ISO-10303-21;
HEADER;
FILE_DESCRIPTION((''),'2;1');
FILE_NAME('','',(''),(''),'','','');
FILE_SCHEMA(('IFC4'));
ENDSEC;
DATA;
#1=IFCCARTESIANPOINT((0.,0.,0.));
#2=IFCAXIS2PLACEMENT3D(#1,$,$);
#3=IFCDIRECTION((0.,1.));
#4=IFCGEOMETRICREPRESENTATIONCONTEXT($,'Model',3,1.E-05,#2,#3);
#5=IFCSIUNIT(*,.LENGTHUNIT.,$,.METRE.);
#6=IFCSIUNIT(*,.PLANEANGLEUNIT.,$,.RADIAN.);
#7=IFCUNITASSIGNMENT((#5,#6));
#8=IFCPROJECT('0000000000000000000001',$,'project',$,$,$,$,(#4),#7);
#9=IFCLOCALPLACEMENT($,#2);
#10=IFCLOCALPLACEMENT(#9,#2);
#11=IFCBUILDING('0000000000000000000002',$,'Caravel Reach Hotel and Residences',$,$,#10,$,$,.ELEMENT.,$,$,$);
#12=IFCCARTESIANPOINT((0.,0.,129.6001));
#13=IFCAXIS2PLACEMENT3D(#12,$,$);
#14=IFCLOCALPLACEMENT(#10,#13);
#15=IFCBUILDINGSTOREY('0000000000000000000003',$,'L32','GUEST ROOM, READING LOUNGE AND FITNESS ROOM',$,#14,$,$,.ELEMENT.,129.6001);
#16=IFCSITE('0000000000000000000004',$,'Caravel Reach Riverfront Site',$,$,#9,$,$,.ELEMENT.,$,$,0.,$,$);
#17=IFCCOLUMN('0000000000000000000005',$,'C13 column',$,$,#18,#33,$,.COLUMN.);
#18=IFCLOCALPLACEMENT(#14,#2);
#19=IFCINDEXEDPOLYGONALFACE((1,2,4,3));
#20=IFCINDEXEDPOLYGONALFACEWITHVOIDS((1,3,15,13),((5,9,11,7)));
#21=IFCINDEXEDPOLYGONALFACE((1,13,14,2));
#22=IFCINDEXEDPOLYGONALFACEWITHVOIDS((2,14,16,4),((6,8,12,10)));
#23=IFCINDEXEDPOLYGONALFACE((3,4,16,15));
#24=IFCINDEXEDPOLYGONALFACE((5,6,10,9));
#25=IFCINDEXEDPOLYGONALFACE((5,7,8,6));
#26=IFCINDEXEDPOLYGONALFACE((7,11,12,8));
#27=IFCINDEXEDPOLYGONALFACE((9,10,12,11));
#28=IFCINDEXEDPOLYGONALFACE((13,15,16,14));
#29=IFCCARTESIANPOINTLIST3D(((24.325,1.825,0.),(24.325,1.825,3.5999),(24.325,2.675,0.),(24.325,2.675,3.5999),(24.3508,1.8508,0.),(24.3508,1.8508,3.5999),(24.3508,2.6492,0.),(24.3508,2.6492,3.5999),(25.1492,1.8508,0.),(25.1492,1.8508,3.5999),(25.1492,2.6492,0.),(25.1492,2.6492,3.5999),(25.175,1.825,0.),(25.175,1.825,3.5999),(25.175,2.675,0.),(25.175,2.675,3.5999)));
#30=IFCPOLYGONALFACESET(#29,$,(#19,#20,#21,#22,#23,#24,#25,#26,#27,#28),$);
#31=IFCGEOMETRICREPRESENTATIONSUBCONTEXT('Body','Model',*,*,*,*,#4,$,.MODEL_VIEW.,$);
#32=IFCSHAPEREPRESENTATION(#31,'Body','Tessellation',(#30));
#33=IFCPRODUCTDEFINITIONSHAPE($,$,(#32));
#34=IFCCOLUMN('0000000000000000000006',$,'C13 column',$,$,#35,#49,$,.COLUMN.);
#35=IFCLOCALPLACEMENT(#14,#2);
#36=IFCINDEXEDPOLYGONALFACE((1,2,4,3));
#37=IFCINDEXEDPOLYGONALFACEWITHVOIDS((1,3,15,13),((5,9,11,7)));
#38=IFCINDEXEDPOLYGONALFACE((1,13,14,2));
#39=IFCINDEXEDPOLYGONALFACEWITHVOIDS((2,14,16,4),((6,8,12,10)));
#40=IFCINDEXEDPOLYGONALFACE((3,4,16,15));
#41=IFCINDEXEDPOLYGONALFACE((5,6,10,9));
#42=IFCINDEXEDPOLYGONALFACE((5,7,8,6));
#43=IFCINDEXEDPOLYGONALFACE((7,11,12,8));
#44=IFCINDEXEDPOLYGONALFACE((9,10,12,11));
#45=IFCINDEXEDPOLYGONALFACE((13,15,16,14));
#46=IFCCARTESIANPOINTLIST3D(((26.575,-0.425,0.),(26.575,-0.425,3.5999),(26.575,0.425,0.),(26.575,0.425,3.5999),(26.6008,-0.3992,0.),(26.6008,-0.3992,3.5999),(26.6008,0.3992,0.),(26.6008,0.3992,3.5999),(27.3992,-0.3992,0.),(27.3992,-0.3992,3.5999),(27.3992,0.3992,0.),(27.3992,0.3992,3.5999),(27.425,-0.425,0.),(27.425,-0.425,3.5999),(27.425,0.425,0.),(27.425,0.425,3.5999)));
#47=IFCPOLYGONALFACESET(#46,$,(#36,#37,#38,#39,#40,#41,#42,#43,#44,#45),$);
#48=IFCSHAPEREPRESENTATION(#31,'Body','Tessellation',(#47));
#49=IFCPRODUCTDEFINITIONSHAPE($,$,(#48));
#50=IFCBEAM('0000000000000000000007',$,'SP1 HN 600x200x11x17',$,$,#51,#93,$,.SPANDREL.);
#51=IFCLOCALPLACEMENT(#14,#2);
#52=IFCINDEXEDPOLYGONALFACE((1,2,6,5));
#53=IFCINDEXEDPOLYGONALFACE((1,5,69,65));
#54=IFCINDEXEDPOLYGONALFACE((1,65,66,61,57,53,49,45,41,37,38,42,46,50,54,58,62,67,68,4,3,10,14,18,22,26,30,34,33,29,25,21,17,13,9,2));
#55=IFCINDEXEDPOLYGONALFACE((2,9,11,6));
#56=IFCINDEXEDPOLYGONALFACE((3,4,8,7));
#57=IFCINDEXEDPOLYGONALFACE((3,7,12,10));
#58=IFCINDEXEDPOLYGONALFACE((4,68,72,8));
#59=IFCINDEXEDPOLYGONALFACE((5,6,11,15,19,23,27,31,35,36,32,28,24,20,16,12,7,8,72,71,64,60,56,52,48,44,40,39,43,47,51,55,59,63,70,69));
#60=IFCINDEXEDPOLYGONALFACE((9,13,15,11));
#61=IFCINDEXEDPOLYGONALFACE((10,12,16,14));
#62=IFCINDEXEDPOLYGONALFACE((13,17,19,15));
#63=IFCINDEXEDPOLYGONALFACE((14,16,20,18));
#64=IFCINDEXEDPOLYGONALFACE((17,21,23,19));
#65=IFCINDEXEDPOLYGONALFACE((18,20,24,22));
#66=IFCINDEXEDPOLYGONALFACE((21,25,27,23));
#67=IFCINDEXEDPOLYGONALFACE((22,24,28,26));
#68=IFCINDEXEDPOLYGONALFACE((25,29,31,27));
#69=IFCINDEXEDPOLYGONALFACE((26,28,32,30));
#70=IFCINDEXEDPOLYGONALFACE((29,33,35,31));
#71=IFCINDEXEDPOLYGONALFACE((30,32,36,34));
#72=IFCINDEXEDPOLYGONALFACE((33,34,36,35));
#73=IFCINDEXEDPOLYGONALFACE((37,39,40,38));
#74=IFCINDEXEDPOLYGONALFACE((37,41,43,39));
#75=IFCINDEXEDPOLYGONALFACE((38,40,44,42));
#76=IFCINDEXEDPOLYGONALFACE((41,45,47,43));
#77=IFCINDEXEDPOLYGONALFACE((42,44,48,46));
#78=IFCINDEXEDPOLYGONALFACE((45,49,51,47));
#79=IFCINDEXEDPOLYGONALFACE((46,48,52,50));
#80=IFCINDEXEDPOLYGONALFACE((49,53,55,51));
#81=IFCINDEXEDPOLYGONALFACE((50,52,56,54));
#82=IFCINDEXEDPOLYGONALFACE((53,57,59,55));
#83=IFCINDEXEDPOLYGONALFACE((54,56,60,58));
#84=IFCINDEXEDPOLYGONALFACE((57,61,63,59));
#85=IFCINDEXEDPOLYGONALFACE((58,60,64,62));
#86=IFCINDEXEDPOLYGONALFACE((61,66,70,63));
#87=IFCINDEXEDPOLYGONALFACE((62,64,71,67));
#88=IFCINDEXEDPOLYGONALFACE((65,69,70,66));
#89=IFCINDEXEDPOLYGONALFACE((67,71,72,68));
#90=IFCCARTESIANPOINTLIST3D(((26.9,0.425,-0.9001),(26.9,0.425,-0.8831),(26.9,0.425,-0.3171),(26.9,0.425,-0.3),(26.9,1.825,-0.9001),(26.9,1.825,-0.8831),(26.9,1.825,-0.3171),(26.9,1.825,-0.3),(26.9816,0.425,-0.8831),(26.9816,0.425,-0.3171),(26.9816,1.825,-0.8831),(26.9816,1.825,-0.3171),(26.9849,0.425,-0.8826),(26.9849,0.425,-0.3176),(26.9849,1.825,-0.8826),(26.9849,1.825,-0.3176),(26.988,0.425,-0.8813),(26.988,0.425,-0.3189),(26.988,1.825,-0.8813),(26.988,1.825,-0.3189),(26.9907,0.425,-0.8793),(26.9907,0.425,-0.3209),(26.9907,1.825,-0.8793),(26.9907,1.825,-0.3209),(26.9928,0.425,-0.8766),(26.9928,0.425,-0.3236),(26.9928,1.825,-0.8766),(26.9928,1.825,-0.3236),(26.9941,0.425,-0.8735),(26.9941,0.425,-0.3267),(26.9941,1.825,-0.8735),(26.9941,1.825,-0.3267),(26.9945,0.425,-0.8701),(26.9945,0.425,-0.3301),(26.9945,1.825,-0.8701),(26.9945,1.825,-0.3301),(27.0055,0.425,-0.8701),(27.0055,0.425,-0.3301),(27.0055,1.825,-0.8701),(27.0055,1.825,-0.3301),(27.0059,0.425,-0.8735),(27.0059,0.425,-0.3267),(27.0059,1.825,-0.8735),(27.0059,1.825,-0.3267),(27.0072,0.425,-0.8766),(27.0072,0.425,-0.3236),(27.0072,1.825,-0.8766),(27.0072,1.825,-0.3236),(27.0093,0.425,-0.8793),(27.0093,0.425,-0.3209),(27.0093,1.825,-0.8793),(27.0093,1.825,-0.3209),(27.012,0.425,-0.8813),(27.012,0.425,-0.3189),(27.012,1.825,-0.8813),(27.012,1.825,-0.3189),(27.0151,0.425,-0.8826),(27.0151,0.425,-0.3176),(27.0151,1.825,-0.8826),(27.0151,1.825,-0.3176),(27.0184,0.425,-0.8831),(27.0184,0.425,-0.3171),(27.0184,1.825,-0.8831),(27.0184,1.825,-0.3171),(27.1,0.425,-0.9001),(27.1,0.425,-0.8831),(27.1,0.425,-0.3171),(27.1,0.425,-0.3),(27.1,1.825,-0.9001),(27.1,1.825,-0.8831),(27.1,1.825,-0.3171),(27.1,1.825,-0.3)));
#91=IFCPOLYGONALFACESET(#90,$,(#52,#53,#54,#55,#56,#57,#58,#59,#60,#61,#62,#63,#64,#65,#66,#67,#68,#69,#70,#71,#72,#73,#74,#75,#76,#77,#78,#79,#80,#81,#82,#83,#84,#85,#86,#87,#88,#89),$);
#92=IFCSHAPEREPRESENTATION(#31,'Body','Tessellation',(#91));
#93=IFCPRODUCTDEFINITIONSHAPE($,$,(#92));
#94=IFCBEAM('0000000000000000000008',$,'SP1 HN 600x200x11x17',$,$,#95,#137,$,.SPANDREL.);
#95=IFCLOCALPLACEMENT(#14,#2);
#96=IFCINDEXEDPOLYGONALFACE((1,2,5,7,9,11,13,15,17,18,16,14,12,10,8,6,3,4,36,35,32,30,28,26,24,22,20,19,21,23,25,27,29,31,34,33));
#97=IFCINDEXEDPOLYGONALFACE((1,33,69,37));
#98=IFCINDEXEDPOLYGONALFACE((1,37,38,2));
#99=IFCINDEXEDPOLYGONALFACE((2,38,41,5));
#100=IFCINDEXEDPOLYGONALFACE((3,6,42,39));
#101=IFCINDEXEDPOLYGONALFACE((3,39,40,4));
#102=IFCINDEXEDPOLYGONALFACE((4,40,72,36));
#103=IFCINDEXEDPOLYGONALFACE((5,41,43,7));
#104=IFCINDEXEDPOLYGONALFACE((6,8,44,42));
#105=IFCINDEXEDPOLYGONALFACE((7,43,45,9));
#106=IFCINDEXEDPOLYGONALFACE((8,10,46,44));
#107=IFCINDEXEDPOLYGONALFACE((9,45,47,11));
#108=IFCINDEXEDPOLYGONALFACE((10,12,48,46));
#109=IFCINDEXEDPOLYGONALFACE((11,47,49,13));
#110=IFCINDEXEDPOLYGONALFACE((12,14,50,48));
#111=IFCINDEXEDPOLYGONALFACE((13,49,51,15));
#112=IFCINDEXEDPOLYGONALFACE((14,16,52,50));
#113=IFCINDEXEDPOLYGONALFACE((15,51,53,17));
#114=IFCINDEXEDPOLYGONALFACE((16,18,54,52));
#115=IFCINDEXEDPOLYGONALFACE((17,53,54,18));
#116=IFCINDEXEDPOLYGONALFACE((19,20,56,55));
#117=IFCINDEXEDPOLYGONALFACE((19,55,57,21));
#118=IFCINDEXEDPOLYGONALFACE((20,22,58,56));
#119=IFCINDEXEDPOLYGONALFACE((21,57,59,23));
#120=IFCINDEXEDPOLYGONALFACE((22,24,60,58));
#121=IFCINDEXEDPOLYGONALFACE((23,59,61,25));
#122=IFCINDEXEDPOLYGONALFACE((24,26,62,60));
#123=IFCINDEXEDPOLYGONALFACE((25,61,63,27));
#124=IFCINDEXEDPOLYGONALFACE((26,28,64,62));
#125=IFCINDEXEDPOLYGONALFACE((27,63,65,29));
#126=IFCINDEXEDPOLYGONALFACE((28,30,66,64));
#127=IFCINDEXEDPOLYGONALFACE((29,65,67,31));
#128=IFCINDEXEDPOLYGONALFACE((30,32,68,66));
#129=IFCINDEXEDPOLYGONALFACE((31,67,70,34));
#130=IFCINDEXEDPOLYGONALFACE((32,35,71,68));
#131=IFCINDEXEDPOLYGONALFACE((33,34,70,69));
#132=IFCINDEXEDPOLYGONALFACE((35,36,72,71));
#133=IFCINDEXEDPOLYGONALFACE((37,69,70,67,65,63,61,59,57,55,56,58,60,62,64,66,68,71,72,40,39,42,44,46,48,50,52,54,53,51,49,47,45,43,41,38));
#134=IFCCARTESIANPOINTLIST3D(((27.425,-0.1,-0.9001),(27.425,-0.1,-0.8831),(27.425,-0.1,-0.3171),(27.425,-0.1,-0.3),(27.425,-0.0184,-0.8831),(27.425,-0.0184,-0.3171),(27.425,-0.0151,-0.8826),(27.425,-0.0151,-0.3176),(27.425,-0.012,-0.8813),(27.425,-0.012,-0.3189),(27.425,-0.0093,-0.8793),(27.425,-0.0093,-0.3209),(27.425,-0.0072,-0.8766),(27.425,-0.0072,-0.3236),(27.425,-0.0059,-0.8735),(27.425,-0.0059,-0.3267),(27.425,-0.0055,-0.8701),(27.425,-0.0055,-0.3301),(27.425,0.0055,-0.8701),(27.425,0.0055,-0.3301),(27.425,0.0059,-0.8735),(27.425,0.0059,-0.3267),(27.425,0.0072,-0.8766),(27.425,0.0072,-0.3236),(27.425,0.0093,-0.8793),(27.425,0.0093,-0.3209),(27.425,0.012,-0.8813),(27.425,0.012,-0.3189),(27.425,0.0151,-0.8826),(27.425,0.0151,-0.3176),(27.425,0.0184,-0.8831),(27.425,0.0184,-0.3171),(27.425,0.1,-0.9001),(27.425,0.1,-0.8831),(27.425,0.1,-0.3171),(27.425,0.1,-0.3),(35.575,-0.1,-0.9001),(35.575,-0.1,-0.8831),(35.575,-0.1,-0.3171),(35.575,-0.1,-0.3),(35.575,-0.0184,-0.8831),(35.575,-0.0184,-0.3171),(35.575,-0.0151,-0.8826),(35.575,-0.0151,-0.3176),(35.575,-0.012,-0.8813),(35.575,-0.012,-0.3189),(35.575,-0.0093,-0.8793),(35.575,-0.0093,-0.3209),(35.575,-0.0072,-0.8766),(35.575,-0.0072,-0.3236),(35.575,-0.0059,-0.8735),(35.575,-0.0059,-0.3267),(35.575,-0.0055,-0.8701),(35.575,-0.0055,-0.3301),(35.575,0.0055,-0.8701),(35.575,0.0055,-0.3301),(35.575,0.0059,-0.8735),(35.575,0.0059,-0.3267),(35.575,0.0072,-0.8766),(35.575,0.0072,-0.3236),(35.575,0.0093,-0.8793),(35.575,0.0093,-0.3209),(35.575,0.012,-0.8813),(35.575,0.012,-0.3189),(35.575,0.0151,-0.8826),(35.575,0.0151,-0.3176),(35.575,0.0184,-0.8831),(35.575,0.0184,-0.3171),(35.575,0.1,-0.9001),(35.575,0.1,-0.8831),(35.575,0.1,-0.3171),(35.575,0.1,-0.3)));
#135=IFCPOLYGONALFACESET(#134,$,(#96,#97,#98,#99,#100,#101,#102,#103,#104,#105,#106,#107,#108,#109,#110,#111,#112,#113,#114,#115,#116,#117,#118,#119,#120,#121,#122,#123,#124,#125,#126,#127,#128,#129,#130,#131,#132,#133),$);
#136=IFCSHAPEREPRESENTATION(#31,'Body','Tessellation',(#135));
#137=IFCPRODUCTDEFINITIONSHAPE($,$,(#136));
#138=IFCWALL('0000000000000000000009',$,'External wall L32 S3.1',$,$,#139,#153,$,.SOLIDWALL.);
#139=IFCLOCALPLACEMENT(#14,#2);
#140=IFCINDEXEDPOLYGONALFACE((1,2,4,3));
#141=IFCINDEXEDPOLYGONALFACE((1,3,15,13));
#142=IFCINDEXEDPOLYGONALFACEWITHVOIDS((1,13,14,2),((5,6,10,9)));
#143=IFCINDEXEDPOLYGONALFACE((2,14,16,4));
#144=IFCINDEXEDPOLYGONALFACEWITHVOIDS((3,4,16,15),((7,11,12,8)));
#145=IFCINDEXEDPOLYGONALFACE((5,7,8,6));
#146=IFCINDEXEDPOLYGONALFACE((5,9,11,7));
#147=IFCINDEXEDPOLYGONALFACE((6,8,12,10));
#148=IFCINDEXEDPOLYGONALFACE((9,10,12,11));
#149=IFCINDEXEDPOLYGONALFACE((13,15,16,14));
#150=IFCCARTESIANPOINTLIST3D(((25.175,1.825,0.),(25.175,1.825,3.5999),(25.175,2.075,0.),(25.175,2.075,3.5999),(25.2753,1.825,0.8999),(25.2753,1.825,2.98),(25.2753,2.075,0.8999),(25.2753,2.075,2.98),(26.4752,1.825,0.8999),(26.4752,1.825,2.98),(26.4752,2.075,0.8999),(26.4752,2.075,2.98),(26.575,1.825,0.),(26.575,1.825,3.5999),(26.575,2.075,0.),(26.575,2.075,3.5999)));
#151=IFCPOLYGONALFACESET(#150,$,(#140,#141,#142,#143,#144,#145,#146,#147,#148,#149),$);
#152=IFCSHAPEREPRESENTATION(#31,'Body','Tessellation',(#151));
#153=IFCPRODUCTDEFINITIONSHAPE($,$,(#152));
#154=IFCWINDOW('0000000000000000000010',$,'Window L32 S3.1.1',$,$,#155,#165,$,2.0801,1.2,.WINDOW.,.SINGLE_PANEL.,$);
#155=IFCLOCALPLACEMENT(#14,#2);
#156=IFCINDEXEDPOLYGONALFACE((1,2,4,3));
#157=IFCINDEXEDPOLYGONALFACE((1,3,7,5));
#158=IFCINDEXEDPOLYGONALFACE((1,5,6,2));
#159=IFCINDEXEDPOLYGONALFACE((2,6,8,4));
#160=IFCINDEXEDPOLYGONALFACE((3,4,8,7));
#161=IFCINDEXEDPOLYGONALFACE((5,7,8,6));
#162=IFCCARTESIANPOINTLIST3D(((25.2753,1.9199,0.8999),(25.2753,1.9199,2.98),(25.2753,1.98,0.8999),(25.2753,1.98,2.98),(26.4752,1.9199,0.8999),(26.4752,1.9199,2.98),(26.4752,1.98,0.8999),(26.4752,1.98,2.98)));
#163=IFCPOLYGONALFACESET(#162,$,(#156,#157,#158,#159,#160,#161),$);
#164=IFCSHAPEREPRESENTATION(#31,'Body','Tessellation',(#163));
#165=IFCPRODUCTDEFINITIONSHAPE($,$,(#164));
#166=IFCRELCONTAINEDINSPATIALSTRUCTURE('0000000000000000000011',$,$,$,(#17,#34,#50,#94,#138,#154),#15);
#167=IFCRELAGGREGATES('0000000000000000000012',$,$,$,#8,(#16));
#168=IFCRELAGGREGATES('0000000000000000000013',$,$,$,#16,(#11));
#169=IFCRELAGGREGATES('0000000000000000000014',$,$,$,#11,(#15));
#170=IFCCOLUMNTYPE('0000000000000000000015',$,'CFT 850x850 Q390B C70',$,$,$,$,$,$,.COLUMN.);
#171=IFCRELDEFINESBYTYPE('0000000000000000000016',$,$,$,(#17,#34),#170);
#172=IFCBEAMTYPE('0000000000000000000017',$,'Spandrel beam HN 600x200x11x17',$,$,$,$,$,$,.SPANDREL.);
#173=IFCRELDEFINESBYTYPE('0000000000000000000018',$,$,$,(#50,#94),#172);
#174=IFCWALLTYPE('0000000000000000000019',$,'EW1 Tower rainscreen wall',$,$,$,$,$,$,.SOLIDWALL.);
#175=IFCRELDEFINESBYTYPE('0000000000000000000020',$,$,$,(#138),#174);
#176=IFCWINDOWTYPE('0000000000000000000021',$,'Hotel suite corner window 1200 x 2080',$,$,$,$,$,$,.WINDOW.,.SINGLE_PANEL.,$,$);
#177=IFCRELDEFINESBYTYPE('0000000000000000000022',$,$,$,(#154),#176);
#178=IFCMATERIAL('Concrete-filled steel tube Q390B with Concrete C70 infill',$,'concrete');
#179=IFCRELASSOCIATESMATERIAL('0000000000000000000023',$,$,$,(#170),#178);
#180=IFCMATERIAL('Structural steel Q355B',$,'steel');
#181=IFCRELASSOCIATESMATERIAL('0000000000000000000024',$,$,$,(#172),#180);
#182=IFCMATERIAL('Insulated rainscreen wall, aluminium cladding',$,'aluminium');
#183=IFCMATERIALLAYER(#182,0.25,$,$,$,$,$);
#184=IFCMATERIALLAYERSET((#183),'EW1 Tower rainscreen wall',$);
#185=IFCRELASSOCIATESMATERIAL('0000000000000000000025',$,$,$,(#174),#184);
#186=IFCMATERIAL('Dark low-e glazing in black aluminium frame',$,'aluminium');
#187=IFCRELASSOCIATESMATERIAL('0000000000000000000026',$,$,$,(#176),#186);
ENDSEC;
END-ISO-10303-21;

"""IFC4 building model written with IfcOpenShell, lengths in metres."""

from ifc_helpers import new_model, si_unit, direction, frame, frame_2d, origin, origin_2d, place, context, subcontext, project, spatial, rectangle, hollow_rectangle, i_section, extrude, material, layer, layer_set, material_profile, profile_set, type_object, element, fill, save


model = new_model("IFC4")

# Units and contexts
model_context = context("Model", 3, precision=1e-05, world=origin(), true_north=direction((0.0, 1.0)))
body_context = subcontext(model_context, "Body", "Model", "MODEL_VIEW")
ifc_project = project(units=[si_unit("LENGTHUNIT", "METRE"), si_unit("PLANEANGLEUNIT", "RADIAN")], contexts=[model_context])

# Site, building, storey
site_placement = place(None, origin())
site = spatial("IfcSite", under=ifc_project, at=site_placement, Name="Caravel Reach Riverfront Site", CompositionType="ELEMENT", RefElevation=0.0)
building_placement = place(site_placement, origin())
building = spatial("IfcBuilding", under=site, at=building_placement, Name="Caravel Reach Hotel and Residences", CompositionType="ELEMENT")
storey_placement = place(building_placement, frame((0.0, 0.0, 129.6001)))
storey = spatial("IfcBuildingStorey", under=building, at=storey_placement, Name="L32", Description="GUEST ROOM, READING LOUNGE AND FITNESS ROOM", CompositionType="ELEMENT", Elevation=129.6001)

# Columns
ifc_material_1 = material(Name="Concrete-filled steel tube Q390B with Concrete C70 infill", Category="concrete")
ifc_material_profile_1 = material_profile(ifc_material_1, hollow_rectangle(XDim=0.8501, YDim=0.8501, WallThickness=0.0259, at=origin_2d()), Name="RHS 850x850x26")
ifc_profile_set_1 = profile_set([ifc_material_profile_1], Name="Concrete-filled steel tube Q390B with Concrete C70 infill")
column_type = type_object("IfcColumnType", Name="CFT 850x850 Q390B C70", PredefinedType="COLUMN", material=ifc_profile_set_1)
for number, where, z_axis, x_axis, name in (
    (1, (24.75, 2.25, 0.0), (0.0, 0.0, 1.0), (1.0, 0.0, 0.0), "C13 column"),
    (2, (27.0, 0.0, 0.0), (0.0, 0.0, 1.0), (1.0, 0.0, 0.0), "C13 column"),
):
    element("IfcColumn", number, at=place(storey_placement, frame(where, z_axis=z_axis, x_axis=x_axis)), inside=storey, type_object=column_type, Name=name, PredefinedType="COLUMN", context=body_context, shape_type="SweptSolid", body=[
        extrude(hollow_rectangle(XDim=0.8501, YDim=0.8501, WallThickness=0.0259, at=origin_2d()), origin(), (0.0, 0.0, 1.0), 3.5999),
    ])

# Beams
ifc_material_2 = material(Name="Structural steel Q355B", Category="steel")
ifc_material_profile_2 = material_profile(ifc_material_2, i_section(OverallWidth=0.2, OverallDepth=0.6001, WebThickness=0.011, FlangeThickness=0.0171, FilletRadius=0.0129, at=origin_2d()), Name="HN 600x200x11x17")
ifc_profile_set_2 = profile_set([ifc_material_profile_2], Name="Structural steel Q355B")
beam_type = type_object("IfcBeamType", Name="Spandrel beam HN 600x200x11x17", PredefinedType="SPANDREL", material=ifc_profile_set_2)
beam_1_placement = place(storey_placement, frame((27.0, 1.825, -0.6001), z_axis=(0.0, -1.0, 0.0), x_axis=(1.0, 0.0, 0.0)))
element("IfcBeam", 3, at=beam_1_placement, inside=storey, type_object=beam_type, Name="SP1 HN 600x200x11x17", PredefinedType="SPANDREL", context=body_context, shape_type="SweptSolid", body=[
    extrude(i_section(OverallWidth=0.2, OverallDepth=0.6001, WebThickness=0.011, FlangeThickness=0.0171, FilletRadius=0.0129, at=origin_2d()), origin(), (0.0, 0.0, 1.0), 1.3999),
])
beam_2_placement = place(storey_placement, frame((27.425, 0.0, -0.6001), z_axis=(1.0, 0.0, 0.0), x_axis=(0.0, 1.0, 0.0)))
element("IfcBeam", 4, at=beam_2_placement, inside=storey, type_object=beam_type, Name="SP1 HN 600x200x11x17", PredefinedType="SPANDREL", context=body_context, shape_type="SweptSolid", body=[
    extrude(i_section(OverallWidth=0.2, OverallDepth=0.6001, WebThickness=0.011, FlangeThickness=0.0171, FilletRadius=0.0129, at=origin_2d()), origin(), (0.0, 0.0, 1.0), 8.1499),
])

# Wall, opening, window
ifc_material_3 = material(Name="Insulated rainscreen wall, aluminium cladding", Category="aluminium")
ifc_layer = layer(ifc_material_3, 0.25)
ifc_layer_set = layer_set([ifc_layer], Name="EW1 Tower rainscreen wall")
wall_type = type_object("IfcWallType", Name="EW1 Tower rainscreen wall", PredefinedType="SOLIDWALL", material=ifc_layer_set)
wall_1_placement = place(storey_placement, frame((25.175, 1.95, 0.0), z_axis=(0.0, 0.0, 1.0), x_axis=(1.0, 0.0, 0.0)))
wall_1 = element("IfcWall", 5, at=wall_1_placement, inside=storey, type_object=wall_type, Name="External wall L32 S3.1", PredefinedType="SOLIDWALL", context=body_context, shape_type="SweptSolid", body=[
    extrude(rectangle(XDim=1.3999, YDim=0.25, at=frame_2d((0.7, 0.0))), origin(), (0.0, 0.0, 1.0), 3.5999),
])
opening_1_placement = place(wall_1_placement, frame((0.1001, 0.0, 0.8999)))
opening_1 = element("IfcOpeningElement", 6, at=opening_1_placement, cuts=wall_1, PredefinedType="OPENING", context=body_context, shape_type="SweptSolid", body=[
    extrude(rectangle(XDim=1.2, YDim=2.0801, at=frame_2d((0.6001, 1.04))), frame((0.0, 0.135, 0.0), z_axis=(0.0, -1.0, 0.0), x_axis=(1.0, 0.0, 0.0)), (0.0, 0.0, 1.0), 0.27),
])
ifc_material_4 = material(Name="Dark low-e glazing in black aluminium frame", Category="aluminium")
window_type_1 = type_object("IfcWindowType", Name="Hotel suite corner window 1200 x 2080", PartitioningType="SINGLE_PANEL", PredefinedType="WINDOW", material=ifc_material_4)
window_1_placement = place(opening_1_placement, origin())
window_1 = element("IfcWindow", 7, at=window_1_placement, inside=storey, type_object=window_type_1, Name="Window L32 S3.1.1", OverallHeight=2.0801, OverallWidth=1.2, PartitioningType="SINGLE_PANEL", PredefinedType="WINDOW", context=body_context, shape_type="SweptSolid", body=[
    extrude(rectangle(XDim=1.2, YDim=2.0801, at=frame_2d((0.6001, 1.04))), frame((0.0, 0.03, 0.0), z_axis=(0.0, -1.0, 0.0), x_axis=(1.0, 0.0, 0.0)), (0.0, 0.0, 1.0), 0.0601),
])
fill(opening_1, window_1)

save(model, "model.ifc")
